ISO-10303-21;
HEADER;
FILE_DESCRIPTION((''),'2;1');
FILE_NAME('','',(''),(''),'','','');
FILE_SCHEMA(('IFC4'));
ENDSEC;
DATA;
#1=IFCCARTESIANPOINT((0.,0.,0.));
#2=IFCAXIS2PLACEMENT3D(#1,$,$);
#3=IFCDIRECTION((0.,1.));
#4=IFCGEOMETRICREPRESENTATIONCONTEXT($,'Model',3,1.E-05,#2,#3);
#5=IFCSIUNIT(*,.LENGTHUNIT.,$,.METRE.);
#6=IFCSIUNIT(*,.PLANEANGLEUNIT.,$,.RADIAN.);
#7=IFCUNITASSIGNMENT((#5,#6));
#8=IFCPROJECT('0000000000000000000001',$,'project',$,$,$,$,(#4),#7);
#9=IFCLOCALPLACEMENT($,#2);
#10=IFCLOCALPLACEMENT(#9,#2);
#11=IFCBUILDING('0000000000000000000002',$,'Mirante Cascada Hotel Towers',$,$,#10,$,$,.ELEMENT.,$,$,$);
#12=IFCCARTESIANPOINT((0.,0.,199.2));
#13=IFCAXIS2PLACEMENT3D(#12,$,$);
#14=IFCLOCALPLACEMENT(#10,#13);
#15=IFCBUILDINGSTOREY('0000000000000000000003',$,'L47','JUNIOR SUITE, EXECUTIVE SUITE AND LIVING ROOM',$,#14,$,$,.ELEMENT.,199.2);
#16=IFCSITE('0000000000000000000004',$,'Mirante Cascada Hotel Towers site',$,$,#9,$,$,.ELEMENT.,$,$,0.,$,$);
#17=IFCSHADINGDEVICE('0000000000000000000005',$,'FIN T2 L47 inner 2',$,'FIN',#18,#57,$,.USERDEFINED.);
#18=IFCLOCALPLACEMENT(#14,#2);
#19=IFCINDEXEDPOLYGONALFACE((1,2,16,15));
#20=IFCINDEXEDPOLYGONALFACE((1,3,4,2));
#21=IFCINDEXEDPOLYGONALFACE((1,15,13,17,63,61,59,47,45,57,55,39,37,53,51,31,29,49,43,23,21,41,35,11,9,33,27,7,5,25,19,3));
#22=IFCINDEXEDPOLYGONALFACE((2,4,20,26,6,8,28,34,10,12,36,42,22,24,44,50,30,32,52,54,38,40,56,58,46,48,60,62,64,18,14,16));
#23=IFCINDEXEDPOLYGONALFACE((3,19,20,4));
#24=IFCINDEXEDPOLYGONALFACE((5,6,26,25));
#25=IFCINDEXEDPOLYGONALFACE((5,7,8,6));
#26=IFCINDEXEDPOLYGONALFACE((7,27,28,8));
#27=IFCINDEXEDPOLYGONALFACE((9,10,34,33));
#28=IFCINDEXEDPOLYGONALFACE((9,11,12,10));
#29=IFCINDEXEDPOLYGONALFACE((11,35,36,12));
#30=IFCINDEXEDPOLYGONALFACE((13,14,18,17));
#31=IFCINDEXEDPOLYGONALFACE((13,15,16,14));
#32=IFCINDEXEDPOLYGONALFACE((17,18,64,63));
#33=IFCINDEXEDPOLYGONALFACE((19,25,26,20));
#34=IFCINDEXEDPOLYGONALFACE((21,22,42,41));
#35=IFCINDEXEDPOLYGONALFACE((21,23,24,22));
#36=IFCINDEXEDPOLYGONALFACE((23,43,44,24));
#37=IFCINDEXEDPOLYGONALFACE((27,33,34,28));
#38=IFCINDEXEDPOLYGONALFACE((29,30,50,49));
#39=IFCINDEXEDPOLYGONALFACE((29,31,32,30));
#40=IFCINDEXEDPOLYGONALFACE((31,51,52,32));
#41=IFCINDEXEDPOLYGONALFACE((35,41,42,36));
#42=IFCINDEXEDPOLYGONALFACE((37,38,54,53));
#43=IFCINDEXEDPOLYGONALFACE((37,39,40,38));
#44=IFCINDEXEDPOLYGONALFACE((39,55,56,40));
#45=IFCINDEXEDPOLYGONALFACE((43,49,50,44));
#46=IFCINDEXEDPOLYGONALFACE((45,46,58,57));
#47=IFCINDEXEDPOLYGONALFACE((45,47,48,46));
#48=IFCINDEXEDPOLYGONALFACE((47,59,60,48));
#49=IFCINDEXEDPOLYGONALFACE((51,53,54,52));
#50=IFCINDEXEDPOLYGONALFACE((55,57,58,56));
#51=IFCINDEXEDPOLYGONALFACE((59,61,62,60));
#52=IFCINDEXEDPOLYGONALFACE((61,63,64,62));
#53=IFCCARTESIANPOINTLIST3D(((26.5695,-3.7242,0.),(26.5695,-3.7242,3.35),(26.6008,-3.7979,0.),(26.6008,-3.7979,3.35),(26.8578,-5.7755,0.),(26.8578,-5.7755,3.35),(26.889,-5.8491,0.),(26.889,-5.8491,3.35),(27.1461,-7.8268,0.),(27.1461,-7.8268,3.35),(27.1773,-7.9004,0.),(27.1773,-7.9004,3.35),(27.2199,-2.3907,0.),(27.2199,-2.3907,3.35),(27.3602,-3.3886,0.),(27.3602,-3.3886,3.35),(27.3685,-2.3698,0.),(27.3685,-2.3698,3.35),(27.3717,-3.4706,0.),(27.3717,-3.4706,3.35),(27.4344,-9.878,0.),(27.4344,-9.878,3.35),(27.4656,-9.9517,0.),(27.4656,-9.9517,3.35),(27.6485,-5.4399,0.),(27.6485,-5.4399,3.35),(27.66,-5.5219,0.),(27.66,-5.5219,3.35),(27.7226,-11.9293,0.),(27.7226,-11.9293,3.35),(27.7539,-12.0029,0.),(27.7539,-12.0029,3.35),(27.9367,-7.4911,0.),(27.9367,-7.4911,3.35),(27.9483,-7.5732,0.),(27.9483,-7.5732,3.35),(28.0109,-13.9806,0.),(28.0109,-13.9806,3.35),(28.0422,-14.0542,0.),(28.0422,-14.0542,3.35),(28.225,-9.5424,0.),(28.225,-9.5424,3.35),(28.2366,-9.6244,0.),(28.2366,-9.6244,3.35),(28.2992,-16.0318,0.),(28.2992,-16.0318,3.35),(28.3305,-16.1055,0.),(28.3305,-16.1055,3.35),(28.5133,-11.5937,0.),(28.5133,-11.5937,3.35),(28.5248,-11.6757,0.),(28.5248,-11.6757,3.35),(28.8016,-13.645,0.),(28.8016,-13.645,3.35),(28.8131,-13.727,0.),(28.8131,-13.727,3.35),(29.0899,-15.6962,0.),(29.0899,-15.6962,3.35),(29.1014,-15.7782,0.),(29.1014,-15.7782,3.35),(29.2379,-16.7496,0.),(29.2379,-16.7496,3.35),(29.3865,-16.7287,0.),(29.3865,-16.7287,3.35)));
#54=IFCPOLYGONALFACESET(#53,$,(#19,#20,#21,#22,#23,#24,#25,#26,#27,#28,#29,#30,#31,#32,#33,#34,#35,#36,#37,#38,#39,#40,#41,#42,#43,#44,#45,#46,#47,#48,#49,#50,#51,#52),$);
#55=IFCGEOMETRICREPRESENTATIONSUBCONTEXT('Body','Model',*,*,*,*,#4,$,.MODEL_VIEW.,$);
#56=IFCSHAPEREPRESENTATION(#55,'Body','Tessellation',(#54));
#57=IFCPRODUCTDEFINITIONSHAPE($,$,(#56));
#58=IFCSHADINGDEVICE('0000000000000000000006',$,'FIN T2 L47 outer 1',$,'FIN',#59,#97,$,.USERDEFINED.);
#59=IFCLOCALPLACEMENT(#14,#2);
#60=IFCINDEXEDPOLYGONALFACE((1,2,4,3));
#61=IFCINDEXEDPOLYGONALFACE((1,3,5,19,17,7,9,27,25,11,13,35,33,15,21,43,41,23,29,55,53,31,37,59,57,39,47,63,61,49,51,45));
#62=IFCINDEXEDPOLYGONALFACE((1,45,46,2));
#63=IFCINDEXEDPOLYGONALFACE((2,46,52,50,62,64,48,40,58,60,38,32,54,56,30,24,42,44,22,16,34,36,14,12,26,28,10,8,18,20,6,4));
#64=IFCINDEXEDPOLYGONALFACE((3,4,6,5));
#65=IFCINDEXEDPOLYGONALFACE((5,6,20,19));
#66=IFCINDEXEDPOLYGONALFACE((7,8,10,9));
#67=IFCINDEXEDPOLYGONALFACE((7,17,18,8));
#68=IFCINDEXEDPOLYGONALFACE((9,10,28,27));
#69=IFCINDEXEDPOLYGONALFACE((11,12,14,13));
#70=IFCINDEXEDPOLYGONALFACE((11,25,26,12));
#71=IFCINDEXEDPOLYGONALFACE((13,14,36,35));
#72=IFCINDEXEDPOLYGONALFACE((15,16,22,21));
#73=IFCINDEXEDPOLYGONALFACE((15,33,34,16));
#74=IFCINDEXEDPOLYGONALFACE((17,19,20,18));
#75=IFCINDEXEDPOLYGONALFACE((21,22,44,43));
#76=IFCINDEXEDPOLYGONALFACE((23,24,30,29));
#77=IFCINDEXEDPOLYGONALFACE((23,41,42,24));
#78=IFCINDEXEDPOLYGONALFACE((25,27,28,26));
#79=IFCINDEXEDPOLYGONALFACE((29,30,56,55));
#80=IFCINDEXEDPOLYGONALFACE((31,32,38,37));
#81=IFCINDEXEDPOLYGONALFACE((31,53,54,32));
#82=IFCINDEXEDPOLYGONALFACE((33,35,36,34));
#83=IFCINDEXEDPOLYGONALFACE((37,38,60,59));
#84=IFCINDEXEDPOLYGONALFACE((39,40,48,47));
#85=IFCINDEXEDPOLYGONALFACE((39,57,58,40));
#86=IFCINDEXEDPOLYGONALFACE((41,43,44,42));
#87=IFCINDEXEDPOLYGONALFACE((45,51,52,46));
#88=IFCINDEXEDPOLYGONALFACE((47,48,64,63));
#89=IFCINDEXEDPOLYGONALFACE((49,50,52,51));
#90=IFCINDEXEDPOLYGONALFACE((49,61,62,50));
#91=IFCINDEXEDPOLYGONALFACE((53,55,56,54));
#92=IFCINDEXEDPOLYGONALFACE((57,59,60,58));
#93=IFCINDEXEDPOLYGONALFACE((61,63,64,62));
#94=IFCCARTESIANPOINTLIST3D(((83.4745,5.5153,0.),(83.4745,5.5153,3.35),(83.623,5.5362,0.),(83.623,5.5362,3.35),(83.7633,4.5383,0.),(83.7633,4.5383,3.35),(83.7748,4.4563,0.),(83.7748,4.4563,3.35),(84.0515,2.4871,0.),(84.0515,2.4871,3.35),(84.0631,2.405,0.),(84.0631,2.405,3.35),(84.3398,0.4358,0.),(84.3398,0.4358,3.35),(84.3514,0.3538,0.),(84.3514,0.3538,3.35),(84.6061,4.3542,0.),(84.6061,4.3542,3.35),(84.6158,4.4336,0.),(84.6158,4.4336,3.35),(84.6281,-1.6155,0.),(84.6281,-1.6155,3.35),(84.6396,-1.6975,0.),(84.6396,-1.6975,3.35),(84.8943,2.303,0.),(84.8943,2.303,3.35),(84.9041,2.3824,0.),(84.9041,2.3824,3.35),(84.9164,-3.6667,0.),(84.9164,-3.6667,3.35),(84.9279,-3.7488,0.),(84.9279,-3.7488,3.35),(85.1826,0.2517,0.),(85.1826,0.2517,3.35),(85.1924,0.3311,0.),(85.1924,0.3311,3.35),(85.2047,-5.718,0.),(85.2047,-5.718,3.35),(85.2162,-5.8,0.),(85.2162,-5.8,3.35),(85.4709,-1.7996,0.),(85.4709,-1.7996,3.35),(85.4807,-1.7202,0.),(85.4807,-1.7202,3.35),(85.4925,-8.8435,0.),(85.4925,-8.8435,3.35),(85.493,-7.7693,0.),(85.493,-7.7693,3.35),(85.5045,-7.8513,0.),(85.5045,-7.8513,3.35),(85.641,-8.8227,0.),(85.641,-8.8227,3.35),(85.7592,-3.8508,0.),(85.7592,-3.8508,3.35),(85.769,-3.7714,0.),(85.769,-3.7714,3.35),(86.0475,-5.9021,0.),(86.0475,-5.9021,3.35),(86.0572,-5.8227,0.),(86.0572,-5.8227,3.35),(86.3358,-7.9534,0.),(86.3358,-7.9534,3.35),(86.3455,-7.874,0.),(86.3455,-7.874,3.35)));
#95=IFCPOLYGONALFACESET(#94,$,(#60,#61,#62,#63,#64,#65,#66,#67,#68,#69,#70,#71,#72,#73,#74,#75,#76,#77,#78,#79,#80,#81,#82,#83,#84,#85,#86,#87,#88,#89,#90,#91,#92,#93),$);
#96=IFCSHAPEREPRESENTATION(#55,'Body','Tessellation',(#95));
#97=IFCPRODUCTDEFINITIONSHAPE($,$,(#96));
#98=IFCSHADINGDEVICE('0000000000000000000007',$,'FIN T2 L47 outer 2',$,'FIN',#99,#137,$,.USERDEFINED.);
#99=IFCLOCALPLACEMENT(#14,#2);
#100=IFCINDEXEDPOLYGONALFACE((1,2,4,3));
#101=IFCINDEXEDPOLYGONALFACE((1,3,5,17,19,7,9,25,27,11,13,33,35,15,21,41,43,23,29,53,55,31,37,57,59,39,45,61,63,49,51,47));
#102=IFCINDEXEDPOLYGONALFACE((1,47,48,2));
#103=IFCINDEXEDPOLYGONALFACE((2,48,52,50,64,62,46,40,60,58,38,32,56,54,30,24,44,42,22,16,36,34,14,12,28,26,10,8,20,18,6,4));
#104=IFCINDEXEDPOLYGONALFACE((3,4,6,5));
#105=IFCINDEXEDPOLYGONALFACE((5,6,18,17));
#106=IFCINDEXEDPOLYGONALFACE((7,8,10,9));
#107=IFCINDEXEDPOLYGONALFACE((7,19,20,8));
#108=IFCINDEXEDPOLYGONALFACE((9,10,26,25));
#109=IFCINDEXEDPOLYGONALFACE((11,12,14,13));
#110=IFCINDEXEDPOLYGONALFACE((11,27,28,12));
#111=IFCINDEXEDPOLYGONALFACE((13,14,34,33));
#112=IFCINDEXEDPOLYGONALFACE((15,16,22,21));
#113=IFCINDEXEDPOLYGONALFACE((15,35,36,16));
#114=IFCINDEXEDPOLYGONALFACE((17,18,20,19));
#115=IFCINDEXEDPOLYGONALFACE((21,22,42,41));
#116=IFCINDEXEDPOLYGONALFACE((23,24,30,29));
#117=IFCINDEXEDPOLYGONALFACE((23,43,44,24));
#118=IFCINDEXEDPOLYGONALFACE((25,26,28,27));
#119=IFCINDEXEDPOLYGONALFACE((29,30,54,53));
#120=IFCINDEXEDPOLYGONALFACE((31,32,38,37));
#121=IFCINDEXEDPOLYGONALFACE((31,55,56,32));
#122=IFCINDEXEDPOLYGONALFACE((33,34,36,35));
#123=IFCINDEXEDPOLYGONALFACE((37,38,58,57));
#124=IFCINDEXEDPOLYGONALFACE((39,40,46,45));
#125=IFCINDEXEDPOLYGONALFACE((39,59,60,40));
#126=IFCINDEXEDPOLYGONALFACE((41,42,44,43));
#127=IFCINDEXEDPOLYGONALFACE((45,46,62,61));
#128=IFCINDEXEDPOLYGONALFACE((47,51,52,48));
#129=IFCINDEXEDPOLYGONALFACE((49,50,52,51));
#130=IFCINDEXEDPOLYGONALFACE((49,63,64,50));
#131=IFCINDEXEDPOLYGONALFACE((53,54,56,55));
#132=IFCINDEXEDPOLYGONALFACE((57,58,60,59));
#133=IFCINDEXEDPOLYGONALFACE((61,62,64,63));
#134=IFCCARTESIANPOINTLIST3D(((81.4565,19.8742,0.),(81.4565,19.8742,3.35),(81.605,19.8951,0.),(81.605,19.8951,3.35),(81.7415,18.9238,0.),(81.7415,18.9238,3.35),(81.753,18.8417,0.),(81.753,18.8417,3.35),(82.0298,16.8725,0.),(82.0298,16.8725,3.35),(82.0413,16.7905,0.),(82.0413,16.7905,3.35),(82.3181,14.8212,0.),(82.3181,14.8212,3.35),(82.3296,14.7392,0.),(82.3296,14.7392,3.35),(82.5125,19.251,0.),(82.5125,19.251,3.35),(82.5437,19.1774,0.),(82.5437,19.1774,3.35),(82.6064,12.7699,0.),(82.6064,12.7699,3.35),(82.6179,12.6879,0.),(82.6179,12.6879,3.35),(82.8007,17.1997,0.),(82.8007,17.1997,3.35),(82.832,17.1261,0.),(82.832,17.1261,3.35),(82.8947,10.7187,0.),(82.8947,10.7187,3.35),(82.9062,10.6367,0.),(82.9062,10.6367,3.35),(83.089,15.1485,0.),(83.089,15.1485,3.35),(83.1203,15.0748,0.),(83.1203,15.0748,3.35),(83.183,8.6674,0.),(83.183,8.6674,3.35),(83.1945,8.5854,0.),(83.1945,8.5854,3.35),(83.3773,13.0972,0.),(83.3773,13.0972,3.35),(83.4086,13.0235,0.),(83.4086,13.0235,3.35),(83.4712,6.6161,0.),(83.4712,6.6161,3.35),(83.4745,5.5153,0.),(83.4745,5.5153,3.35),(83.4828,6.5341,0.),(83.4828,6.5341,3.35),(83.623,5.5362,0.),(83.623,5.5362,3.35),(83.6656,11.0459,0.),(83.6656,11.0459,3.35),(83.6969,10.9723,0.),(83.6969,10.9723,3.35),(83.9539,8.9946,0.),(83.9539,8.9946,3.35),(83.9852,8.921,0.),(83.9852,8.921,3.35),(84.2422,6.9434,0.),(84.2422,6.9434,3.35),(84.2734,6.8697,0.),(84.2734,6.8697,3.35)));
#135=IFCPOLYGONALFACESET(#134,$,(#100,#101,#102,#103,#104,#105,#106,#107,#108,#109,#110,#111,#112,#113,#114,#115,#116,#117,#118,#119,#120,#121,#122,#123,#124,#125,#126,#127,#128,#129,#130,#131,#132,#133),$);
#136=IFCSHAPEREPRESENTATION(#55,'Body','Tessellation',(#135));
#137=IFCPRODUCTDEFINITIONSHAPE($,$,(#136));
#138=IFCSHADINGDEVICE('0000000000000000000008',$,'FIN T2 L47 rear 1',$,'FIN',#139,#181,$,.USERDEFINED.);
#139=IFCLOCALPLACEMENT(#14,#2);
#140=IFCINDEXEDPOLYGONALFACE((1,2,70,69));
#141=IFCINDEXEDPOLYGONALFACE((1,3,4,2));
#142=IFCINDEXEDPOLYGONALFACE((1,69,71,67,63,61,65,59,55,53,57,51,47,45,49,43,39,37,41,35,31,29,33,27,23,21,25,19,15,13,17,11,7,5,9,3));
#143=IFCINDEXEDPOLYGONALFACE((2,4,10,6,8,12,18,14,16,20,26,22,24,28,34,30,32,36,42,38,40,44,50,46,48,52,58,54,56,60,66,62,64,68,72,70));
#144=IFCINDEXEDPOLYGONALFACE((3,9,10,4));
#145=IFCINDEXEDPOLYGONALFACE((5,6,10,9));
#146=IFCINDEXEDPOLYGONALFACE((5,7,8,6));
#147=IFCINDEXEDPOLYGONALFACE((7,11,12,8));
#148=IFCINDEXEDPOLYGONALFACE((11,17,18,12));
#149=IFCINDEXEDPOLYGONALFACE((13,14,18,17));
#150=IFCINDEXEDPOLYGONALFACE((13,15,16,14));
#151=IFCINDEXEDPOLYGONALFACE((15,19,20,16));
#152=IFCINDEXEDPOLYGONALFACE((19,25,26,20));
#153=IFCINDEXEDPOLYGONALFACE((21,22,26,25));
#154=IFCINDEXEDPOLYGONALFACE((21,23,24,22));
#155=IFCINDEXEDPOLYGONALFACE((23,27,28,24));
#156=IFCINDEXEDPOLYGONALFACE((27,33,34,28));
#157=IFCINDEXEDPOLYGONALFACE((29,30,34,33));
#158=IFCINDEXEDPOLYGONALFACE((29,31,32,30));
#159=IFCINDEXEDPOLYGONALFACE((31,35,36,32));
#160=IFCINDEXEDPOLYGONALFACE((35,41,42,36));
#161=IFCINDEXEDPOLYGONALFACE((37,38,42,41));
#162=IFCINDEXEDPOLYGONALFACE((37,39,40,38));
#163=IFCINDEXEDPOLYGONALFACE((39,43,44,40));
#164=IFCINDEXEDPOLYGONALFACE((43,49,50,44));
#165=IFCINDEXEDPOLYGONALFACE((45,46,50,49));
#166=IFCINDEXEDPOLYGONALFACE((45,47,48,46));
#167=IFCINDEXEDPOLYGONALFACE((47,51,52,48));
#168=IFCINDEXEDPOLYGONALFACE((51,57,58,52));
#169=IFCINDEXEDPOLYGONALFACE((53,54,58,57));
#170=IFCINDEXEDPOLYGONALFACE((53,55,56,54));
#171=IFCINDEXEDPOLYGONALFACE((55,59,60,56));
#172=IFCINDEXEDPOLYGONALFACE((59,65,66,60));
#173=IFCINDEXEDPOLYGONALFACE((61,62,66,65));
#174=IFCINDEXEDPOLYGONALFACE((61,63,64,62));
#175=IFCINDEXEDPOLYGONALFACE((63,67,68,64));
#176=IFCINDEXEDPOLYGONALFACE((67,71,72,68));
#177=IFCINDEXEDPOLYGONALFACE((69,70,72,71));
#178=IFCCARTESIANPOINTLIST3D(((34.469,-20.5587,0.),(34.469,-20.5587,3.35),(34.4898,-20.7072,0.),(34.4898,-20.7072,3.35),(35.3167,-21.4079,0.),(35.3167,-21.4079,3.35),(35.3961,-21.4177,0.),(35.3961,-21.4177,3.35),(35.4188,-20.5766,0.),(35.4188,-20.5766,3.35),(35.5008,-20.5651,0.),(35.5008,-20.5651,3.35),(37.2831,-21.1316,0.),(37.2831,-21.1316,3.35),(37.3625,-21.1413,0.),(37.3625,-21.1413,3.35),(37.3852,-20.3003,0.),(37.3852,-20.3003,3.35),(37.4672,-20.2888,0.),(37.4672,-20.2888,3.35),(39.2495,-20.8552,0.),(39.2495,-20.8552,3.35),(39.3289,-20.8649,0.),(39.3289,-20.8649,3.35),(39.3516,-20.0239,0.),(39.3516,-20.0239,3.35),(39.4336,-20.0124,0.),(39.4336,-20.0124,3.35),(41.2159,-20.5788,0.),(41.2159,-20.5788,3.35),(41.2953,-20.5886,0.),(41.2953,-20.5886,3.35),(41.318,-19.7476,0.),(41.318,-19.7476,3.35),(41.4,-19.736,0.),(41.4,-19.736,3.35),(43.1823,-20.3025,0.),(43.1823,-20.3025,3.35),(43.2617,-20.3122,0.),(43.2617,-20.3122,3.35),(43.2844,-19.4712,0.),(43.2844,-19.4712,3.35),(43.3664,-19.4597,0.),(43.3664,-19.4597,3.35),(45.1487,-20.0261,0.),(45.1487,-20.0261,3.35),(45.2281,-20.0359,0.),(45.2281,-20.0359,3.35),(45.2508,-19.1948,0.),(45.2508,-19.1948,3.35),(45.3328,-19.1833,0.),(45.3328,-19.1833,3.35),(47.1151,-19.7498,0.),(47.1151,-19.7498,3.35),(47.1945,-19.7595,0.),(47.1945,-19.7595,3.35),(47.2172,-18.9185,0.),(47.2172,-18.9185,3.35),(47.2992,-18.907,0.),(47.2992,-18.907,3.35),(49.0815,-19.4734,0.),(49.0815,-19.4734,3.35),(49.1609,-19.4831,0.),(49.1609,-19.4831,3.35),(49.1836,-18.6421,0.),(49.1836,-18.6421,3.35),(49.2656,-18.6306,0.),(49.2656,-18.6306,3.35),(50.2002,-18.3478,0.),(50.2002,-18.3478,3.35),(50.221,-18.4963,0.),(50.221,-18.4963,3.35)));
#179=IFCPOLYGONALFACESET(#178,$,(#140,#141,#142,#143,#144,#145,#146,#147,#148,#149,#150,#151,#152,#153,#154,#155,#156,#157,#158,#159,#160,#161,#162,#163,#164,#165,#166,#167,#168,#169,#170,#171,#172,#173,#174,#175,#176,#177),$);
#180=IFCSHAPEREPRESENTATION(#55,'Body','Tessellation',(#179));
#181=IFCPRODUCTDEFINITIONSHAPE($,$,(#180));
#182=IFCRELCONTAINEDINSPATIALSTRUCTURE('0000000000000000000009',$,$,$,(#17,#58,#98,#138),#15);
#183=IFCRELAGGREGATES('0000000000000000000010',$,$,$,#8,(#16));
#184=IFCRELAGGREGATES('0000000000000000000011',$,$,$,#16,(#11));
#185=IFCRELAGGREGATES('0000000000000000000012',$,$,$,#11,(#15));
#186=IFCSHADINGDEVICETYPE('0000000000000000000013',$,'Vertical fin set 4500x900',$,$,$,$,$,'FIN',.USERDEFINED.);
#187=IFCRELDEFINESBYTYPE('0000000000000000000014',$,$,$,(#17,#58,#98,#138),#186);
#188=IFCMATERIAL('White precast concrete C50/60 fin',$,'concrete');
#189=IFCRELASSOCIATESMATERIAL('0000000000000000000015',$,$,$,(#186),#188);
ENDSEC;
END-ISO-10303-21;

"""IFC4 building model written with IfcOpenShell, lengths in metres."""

from ifc_helpers import new_model, si_unit, direction, frame, origin, place, context, subcontext, project, spatial, polyline, outline, extrude, material, type_object, element, save


model = new_model("IFC4")

# Units and contexts
model_context = context("Model", 3, precision=1e-05, world=origin(), true_north=direction((0.0, 1.0)))
body_context = subcontext(model_context, "Body", "Model", "MODEL_VIEW")
ifc_project = project(units=[si_unit("LENGTHUNIT", "METRE"), si_unit("PLANEANGLEUNIT", "RADIAN")], contexts=[model_context])

# Site, building, storey
site_placement = place(None, origin())
site = spatial("IfcSite", under=ifc_project, at=site_placement, Name="Mirante Cascada Hotel Towers site", CompositionType="ELEMENT", RefElevation=0.0)
building_placement = place(site_placement, origin())
building = spatial("IfcBuilding", under=site, at=building_placement, Name="Mirante Cascada Hotel Towers", CompositionType="ELEMENT")
storey_placement = place(building_placement, frame((0.0, 0.0, 199.2)))
storey = spatial("IfcBuildingStorey", under=building, at=storey_placement, Name="L47", Description="JUNIOR SUITE, EXECUTIVE SUITE AND LIVING ROOM", CompositionType="ELEMENT", Elevation=199.2)

# Shading devices
ifc_material_1 = material(Name="White precast concrete C50/60 fin", Category="concrete")
shading_device_type = type_object("IfcShadingDeviceType", Name="Vertical fin set 4500x900", ElementType="FIN", PredefinedType="USERDEFINED", material=ifc_material_1)
shading_device_1_placement = place(storey_placement, origin())
element("IfcShadingDevice", 1, at=shading_device_1_placement, inside=storey, type_object=shading_device_type, Name="FIN T2 L47 inner 2", ObjectType="FIN", PredefinedType="USERDEFINED", context=body_context, shape_type="SweptSolid", body=[
    extrude(outline(polyline([(28.2992, -16.0318), (29.0899, -15.6962), (28.8131, -13.727), (28.0422, -14.0542), (28.0109, -13.9806), (28.8016, -13.645), (28.5248, -11.6757), (27.7539, -12.0029), (27.7226, -11.9293), (28.5133, -11.5937), (28.2366, -9.6244), (27.4656, -9.9517), (27.4344, -9.878), (28.225, -9.5424), (27.9483, -7.5732), (27.1773, -7.9004), (27.1461, -7.8268), (27.9367, -7.4911), (27.66, -5.5219), (26.889, -5.8491), (26.8578, -5.7755), (27.6485, -5.4399), (27.3717, -3.4706), (26.6008, -3.7979), (26.5695, -3.7242), (27.3602, -3.3886), (27.2199, -2.3907), (27.3685, -2.3698), (29.3865, -16.7287), (29.2379, -16.7496), (29.1014, -15.7782), (28.3305, -16.1055), (28.2992, -16.0318)])), origin(), (0.0, 0.0, 1.0), 3.35),
])
shading_device_2_placement = place(storey_placement, origin())
element("IfcShadingDevice", 2, at=shading_device_2_placement, inside=storey, type_object=shading_device_type, Name="FIN T2 L47 outer 1", ObjectType="FIN", PredefinedType="USERDEFINED", context=body_context, shape_type="SweptSolid", body=[
    extrude(outline(polyline([(86.3358, -7.9534), (85.5045, -7.8513), (85.641, -8.8227), (85.4925, -8.8435), (83.4745, 5.5153), (83.623, 5.5362), (83.7633, 4.5383), (84.6158, 4.4336), (84.6061, 4.3542), (83.7748, 4.4563), (84.0515, 2.4871), (84.9041, 2.3824), (84.8943, 2.303), (84.0631, 2.405), (84.3398, 0.4358), (85.1924, 0.3311), (85.1826, 0.2517), (84.3514, 0.3538), (84.6281, -1.6155), (85.4807, -1.7202), (85.4709, -1.7996), (84.6396, -1.6975), (84.9164, -3.6667), (85.769, -3.7714), (85.7592, -3.8508), (84.9279, -3.7488), (85.2047, -5.718), (86.0572, -5.8227), (86.0475, -5.9021), (85.2162, -5.8), (85.493, -7.7693), (86.3455, -7.874), (86.3358, -7.9534)])), origin(), (0.0, 0.0, 1.0), 3.35),
])
shading_device_3_placement = place(storey_placement, origin())
element("IfcShadingDevice", 3, at=shading_device_3_placement, inside=storey, type_object=shading_device_type, Name="FIN T2 L47 outer 2", ObjectType="FIN", PredefinedType="USERDEFINED", context=body_context, shape_type="SweptSolid", body=[
    extrude(outline(polyline([(84.2734, 6.8697), (83.4828, 6.5341), (83.623, 5.5362), (83.4745, 5.5153), (81.4565, 19.8742), (81.605, 19.8951), (81.7415, 18.9238), (82.5125, 19.251), (82.5437, 19.1774), (81.753, 18.8417), (82.0298, 16.8725), (82.8007, 17.1997), (82.832, 17.1261), (82.0413, 16.7905), (82.3181, 14.8212), (83.089, 15.1485), (83.1203, 15.0748), (82.3296, 14.7392), (82.6064, 12.7699), (83.3773, 13.0972), (83.4086, 13.0235), (82.6179, 12.6879), (82.8947, 10.7187), (83.6656, 11.0459), (83.6969, 10.9723), (82.9062, 10.6367), (83.183, 8.6674), (83.9539, 8.9946), (83.9852, 8.921), (83.1945, 8.5854), (83.4712, 6.6161), (84.2422, 6.9434), (84.2734, 6.8697)])), origin(), (0.0, 0.0, 1.0), 3.35),
])
shading_device_4_placement = place(storey_placement, origin())
element("IfcShadingDevice", 4, at=shading_device_4_placement, inside=storey, type_object=shading_device_type, Name="FIN T2 L47 rear 1", ObjectType="FIN", PredefinedType="USERDEFINED", context=body_context, shape_type="SweptSolid", body=[
    extrude(outline(polyline([(35.3167, -21.4079), (35.4188, -20.5766), (34.4898, -20.7072), (34.469, -20.5587), (50.2002, -18.3478), (50.221, -18.4963), (49.2656, -18.6306), (49.1609, -19.4831), (49.0815, -19.4734), (49.1836, -18.6421), (47.2992, -18.907), (47.1945, -19.7595), (47.1151, -19.7498), (47.2172, -18.9185), (45.3328, -19.1833), (45.2281, -20.0359), (45.1487, -20.0261), (45.2508, -19.1948), (43.3664, -19.4597), (43.2617, -20.3122), (43.1823, -20.3025), (43.2844, -19.4712), (41.4, -19.736), (41.2953, -20.5886), (41.2159, -20.5788), (41.318, -19.7476), (39.4336, -20.0124), (39.3289, -20.8649), (39.2495, -20.8552), (39.3516, -20.0239), (37.4672, -20.2888), (37.3625, -21.1413), (37.2831, -21.1316), (37.3852, -20.3003), (35.5008, -20.5651), (35.3961, -21.4177), (35.3167, -21.4079)])), origin(), (0.0, 0.0, 1.0), 3.35),
])

save(model, "model.ifc")
